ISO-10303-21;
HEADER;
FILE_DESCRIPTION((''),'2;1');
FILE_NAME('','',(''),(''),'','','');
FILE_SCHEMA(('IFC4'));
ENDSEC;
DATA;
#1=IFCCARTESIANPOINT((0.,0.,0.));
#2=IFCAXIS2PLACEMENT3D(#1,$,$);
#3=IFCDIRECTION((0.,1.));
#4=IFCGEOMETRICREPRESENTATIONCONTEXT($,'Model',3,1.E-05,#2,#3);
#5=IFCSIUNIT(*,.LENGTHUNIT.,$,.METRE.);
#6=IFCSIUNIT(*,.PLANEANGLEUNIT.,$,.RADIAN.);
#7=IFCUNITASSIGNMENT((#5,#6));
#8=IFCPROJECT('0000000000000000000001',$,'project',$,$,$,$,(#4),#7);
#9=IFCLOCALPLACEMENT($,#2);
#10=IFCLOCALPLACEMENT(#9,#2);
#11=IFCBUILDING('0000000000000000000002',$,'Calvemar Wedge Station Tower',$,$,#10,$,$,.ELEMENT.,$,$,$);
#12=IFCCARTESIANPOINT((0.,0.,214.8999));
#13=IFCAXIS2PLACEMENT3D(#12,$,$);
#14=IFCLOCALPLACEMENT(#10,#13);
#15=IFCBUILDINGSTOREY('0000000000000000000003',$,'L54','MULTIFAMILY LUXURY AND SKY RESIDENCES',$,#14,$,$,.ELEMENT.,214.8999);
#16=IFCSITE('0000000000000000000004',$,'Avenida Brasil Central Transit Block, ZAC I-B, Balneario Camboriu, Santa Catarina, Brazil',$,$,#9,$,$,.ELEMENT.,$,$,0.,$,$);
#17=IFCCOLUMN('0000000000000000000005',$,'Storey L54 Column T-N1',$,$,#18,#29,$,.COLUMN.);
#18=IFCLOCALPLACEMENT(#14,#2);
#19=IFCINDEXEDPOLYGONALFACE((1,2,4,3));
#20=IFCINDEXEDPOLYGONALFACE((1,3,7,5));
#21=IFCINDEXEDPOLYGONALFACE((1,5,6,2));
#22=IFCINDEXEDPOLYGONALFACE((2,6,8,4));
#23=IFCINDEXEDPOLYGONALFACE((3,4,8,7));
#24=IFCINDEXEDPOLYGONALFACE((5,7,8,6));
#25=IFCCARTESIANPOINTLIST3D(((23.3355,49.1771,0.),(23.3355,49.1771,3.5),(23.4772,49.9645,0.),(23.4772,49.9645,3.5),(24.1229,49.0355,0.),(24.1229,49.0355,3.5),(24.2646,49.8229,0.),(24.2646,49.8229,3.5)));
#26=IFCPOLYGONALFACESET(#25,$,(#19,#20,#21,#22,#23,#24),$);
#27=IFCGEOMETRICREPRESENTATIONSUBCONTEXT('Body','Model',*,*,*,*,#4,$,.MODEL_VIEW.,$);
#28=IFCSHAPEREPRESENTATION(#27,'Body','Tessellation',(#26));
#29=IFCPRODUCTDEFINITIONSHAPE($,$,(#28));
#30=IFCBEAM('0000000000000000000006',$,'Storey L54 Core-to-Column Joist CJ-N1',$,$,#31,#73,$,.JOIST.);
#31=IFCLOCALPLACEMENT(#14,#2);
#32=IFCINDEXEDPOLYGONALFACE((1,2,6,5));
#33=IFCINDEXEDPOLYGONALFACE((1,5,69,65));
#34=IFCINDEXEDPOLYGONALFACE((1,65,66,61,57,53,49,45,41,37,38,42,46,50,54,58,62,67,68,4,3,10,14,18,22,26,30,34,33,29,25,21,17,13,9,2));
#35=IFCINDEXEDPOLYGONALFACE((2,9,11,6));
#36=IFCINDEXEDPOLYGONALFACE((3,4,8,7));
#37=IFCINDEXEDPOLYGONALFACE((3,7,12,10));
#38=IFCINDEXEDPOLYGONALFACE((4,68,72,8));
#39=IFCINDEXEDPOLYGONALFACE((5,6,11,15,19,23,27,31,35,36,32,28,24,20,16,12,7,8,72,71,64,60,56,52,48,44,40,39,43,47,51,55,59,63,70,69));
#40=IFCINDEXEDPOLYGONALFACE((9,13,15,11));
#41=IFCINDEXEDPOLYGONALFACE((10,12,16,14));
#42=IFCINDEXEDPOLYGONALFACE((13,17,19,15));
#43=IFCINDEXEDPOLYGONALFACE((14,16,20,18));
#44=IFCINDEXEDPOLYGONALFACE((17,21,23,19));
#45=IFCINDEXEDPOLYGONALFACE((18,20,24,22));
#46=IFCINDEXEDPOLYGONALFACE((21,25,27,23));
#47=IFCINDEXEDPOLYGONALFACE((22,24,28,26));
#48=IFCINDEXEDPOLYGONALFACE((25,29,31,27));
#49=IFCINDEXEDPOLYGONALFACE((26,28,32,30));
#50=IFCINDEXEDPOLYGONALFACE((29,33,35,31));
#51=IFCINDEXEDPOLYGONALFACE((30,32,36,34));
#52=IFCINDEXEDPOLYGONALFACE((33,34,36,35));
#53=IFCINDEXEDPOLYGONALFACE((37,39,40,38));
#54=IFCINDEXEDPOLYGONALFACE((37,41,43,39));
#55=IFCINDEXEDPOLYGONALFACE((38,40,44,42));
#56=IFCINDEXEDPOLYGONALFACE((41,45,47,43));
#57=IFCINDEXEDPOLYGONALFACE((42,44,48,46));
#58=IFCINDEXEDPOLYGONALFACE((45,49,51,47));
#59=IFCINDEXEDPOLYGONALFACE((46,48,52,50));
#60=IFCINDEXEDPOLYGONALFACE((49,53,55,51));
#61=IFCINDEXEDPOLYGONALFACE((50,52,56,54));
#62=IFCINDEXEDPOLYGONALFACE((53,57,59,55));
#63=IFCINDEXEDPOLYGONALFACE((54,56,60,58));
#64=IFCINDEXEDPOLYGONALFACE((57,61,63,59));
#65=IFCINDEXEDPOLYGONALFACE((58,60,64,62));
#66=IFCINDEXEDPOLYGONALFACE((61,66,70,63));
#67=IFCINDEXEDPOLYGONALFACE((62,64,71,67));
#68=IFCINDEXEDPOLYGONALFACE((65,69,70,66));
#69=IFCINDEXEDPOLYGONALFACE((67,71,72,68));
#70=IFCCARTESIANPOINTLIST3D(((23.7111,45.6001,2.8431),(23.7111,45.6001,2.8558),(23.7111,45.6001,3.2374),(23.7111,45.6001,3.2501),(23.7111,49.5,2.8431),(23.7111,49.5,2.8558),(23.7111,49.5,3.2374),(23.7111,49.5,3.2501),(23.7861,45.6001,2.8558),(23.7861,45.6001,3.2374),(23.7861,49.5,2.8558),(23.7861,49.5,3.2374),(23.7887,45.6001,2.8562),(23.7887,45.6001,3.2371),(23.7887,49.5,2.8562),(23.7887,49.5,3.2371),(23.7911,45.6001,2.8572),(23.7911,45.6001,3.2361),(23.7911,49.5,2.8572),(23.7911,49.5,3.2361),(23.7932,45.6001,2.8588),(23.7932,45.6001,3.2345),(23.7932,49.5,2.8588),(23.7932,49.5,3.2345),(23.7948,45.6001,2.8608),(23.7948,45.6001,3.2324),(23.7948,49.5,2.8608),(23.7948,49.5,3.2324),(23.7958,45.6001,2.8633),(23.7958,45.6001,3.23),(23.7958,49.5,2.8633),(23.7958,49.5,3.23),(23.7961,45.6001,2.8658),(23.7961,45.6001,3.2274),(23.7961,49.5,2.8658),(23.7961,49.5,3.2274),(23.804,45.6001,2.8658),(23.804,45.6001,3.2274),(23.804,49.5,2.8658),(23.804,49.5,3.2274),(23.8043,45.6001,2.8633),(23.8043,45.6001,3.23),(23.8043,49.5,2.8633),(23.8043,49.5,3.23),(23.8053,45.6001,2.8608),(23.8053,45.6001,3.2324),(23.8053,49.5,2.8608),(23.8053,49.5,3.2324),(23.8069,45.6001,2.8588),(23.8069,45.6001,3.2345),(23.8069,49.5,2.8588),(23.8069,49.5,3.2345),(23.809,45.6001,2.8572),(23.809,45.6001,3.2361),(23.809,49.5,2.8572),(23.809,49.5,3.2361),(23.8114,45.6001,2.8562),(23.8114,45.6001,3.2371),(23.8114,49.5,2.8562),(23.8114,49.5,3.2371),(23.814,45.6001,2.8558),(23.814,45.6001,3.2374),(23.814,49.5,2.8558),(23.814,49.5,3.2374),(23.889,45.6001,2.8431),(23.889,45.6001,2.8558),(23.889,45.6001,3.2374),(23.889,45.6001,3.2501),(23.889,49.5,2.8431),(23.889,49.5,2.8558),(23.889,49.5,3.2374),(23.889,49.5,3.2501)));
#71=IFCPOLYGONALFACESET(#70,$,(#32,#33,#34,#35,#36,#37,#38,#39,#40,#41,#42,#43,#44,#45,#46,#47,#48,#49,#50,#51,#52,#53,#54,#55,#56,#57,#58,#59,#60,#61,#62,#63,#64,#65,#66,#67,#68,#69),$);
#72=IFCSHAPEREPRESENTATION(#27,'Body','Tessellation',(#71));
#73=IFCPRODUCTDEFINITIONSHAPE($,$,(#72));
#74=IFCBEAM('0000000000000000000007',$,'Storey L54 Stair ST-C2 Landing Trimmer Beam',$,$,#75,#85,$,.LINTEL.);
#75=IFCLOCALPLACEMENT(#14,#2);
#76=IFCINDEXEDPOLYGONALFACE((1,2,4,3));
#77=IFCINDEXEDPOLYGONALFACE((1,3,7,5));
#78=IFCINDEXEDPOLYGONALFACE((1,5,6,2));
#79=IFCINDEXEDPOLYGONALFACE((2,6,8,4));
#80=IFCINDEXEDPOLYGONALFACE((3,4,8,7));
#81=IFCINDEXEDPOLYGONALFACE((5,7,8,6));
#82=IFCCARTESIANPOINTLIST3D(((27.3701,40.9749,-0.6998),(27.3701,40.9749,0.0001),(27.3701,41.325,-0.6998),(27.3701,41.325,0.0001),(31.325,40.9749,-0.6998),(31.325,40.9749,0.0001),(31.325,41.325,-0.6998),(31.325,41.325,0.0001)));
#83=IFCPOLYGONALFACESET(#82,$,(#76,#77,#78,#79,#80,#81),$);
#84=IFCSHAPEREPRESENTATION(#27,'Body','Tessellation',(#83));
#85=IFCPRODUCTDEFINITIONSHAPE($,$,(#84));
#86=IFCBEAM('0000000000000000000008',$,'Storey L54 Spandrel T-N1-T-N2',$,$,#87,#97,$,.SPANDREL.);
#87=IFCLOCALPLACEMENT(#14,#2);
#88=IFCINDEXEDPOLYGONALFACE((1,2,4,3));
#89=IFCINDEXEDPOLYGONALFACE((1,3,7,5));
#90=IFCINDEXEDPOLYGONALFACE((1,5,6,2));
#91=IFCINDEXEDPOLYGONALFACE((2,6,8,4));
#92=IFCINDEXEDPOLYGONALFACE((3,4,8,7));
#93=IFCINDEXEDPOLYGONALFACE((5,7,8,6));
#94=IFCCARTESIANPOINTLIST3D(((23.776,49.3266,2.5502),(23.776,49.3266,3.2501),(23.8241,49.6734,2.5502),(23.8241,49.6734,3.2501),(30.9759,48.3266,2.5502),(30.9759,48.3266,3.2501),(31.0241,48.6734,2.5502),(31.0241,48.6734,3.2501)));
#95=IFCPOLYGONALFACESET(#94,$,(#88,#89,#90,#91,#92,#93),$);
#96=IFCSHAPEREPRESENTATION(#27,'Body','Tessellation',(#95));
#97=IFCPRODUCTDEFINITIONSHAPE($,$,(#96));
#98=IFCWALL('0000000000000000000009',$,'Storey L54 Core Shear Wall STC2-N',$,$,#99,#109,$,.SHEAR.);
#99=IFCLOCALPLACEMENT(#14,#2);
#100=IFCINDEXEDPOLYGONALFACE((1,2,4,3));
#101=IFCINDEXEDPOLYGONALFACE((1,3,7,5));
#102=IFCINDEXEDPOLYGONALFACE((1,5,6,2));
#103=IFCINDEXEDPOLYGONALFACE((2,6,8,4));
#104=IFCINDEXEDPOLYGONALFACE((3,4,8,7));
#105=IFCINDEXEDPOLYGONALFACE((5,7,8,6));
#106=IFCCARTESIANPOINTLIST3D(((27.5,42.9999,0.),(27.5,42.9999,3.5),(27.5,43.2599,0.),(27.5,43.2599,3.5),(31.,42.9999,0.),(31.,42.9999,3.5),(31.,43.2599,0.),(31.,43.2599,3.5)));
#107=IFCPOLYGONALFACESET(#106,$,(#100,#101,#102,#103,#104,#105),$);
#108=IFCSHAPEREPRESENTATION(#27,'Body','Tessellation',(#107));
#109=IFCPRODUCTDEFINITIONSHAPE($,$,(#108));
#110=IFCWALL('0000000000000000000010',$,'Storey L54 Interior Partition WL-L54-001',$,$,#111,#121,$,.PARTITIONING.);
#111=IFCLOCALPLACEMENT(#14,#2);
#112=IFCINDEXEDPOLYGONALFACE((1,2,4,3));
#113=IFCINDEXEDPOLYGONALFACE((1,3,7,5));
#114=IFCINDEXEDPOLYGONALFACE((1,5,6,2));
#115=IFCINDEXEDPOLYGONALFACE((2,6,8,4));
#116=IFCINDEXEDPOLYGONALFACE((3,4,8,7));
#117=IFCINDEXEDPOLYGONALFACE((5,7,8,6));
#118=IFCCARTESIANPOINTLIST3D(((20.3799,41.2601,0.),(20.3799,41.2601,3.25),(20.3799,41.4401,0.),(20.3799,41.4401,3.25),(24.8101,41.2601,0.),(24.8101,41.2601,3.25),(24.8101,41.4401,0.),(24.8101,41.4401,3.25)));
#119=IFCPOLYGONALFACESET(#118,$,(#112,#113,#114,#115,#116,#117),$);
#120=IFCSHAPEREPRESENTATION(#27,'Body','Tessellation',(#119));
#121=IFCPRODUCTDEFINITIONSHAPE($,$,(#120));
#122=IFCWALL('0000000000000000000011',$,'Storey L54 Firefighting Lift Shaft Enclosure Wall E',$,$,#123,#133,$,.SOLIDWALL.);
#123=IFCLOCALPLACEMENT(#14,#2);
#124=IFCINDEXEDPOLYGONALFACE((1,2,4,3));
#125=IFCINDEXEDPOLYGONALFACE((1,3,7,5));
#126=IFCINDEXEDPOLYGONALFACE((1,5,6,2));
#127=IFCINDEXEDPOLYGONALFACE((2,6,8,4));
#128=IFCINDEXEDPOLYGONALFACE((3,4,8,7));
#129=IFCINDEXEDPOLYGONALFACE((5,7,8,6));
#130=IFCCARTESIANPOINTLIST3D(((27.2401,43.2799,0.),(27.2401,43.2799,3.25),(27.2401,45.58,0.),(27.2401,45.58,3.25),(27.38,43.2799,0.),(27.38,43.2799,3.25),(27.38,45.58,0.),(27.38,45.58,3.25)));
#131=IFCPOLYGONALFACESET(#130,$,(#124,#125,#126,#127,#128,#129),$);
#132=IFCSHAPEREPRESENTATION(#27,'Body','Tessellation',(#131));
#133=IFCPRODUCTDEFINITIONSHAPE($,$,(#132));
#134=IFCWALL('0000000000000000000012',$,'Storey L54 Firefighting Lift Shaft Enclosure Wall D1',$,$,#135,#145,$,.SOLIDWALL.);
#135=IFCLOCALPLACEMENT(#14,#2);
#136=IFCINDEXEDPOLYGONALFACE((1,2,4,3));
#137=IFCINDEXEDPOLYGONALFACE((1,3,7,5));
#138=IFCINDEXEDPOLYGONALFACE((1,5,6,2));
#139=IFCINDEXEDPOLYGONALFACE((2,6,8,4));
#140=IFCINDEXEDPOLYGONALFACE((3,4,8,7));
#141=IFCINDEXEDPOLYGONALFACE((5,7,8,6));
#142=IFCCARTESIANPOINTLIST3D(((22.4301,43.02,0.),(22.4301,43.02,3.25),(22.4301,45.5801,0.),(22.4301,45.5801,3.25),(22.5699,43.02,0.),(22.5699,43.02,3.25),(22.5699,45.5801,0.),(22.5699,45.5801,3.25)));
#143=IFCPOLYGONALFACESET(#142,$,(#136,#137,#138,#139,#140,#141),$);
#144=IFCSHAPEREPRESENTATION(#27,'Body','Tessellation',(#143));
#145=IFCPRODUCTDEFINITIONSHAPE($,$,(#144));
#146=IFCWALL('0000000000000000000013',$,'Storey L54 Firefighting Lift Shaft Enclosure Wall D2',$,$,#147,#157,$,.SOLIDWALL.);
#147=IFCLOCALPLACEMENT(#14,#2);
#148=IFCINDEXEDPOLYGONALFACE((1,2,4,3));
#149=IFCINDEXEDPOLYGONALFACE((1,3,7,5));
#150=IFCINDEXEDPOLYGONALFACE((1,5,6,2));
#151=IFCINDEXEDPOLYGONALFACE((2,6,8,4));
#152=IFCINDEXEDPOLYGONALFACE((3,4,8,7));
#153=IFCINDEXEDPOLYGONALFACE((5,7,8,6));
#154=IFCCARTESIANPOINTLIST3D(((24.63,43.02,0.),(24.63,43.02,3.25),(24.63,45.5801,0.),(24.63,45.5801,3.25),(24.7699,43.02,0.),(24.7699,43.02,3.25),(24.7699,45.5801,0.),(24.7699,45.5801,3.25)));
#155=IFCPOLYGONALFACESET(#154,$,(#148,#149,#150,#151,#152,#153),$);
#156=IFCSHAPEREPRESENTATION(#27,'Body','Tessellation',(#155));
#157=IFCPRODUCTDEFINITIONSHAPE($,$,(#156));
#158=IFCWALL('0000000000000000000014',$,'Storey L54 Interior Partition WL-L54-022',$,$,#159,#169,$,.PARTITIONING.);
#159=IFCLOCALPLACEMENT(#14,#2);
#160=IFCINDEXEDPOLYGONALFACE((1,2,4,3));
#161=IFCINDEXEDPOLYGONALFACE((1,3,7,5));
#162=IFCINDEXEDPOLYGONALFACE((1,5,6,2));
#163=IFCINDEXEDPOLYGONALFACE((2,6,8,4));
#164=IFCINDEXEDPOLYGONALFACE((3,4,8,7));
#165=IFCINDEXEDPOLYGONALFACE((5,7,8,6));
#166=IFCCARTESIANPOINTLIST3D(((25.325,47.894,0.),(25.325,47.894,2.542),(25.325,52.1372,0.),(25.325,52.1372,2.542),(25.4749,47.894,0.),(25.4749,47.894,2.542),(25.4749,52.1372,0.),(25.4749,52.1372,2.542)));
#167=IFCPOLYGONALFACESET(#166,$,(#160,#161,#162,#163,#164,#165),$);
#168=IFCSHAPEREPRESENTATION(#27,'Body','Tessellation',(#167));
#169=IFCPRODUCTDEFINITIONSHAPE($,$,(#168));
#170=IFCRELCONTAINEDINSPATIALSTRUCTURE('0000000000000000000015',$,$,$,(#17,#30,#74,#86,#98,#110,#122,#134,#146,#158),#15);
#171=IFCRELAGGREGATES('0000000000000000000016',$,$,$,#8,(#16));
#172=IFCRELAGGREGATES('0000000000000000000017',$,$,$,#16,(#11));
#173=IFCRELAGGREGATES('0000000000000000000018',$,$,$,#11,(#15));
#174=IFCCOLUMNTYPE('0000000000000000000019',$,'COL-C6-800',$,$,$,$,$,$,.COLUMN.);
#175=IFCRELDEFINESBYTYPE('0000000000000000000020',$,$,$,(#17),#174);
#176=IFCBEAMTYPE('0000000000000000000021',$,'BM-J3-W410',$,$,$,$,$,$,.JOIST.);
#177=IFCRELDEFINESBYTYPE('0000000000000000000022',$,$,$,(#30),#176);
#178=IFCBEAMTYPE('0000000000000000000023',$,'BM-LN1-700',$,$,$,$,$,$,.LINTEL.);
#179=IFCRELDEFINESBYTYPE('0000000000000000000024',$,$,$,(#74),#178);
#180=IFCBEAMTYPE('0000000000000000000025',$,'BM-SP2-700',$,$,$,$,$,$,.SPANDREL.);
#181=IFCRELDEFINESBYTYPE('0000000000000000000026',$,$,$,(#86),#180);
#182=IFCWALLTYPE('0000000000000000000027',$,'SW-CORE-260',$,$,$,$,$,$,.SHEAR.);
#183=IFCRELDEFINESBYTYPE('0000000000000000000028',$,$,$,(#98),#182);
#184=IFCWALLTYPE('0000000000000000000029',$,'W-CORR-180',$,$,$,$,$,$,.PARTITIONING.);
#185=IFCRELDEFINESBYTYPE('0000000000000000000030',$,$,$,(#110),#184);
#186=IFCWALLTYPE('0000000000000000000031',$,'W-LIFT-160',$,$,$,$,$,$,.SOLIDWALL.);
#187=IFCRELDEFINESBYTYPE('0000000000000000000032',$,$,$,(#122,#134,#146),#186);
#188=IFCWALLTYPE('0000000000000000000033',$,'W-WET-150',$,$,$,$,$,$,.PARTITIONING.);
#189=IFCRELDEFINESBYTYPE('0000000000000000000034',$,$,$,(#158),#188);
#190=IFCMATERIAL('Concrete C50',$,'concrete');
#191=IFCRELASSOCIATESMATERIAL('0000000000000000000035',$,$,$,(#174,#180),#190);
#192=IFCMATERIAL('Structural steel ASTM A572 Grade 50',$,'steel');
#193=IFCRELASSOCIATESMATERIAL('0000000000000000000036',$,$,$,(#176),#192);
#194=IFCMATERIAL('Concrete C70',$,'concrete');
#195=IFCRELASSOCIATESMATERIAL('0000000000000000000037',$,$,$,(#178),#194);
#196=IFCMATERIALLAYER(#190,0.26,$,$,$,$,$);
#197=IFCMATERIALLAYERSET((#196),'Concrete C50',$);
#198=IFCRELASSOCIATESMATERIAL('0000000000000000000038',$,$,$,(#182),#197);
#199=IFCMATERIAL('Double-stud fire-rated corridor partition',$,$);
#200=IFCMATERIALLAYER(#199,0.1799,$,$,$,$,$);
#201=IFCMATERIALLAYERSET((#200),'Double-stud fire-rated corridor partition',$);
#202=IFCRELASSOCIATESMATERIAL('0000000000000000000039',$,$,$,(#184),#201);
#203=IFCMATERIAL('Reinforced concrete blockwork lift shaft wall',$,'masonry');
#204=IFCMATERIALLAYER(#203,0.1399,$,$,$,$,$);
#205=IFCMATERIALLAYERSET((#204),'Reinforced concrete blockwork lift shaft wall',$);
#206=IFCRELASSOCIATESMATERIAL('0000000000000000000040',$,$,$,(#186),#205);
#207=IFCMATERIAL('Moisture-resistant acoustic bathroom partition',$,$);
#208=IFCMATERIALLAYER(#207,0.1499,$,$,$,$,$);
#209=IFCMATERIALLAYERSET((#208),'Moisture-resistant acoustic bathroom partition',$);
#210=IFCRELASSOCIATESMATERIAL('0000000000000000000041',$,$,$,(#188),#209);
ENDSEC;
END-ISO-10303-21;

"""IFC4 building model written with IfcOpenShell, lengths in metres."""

from ifc_helpers import new_model, si_unit, direction, frame, frame_2d, origin, origin_2d, place, context, subcontext, project, spatial, rectangle, i_section, extrude, source, transform, mapped, material, layer, layer_set, material_profile, profile_set, type_object, element, save


model = new_model("IFC4")

# Units and contexts
model_context = context("Model", 3, precision=1e-05, world=origin(), true_north=direction((0.0, 1.0)))
body_context = subcontext(model_context, "Body", "Model", "MODEL_VIEW")
ifc_project = project(units=[si_unit("LENGTHUNIT", "METRE"), si_unit("PLANEANGLEUNIT", "RADIAN")], contexts=[model_context])

# Site, building, storey
site_placement = place(None, origin())
site = spatial("IfcSite", under=ifc_project, at=site_placement, Name="Avenida Brasil Central Transit Block, ZAC I-B, Balneario Camboriu, Santa Catarina, Brazil", CompositionType="ELEMENT", RefElevation=0.0)
building_placement = place(site_placement, origin())
building = spatial("IfcBuilding", under=site, at=building_placement, Name="Calvemar Wedge Station Tower", CompositionType="ELEMENT")
storey_placement = place(building_placement, frame((0.0, 0.0, 214.8999)))
storey = spatial("IfcBuildingStorey", under=building, at=storey_placement, Name="L54", Description="MULTIFAMILY LUXURY AND SKY RESIDENCES", CompositionType="ELEMENT", Elevation=214.8999)

# Column
ifc_material_1 = material(Name="Concrete C50", Category="concrete")
ifc_material_profile_1 = material_profile(ifc_material_1, rectangle(XDim=0.8, YDim=0.8, at=origin_2d()), Name="RC800x800")
ifc_profile_set_1 = profile_set([ifc_material_profile_1], Name="Concrete C50")
column_type = type_object("IfcColumnType", Name="COL-C6-800", PredefinedType="COLUMN", material=ifc_profile_set_1)
shared_shape_1 = source(origin(), body_context, "Body", "SweptSolid", [
    extrude(rectangle(XDim=0.8, YDim=0.8, at=origin_2d()), origin(), (0.0, 0.0, 1.0), 3.5),
])
column_placement = place(storey_placement, frame((23.8, 49.5, 0.0), z_axis=(0.0, 0.0, 1.0), x_axis=(0.984196, -0.177085, 0.0)))
element("IfcColumn", 1, at=column_placement, inside=storey, type_object=column_type, Name="Storey L54 Column T-N1", PredefinedType="COLUMN", context=body_context, shape_type="MappedRepresentation", body=[
    mapped(shared_shape_1, transform((0.0, 0.0, 0.0), scale=1.0)),
])

# Beams
ifc_material_2 = material(Name="Structural steel ASTM A572 Grade 50", Category="steel")
ifc_material_profile_2 = material_profile(ifc_material_2, i_section(OverallWidth=0.178, OverallDepth=0.407, WebThickness=0.0078, FlangeThickness=0.0127, FilletRadius=0.01, at=origin_2d()), Name="W410x60")
ifc_profile_set_2 = profile_set([ifc_material_profile_2], Name="Structural steel ASTM A572 Grade 50")
beam_type_1 = type_object("IfcBeamType", Name="BM-J3-W410", PredefinedType="JOIST", material=ifc_profile_set_2)
shared_shape_2 = source(origin(), body_context, "Body", "SweptSolid", [
    extrude(i_section(OverallWidth=0.178, OverallDepth=0.407, WebThickness=0.0078, FlangeThickness=0.0127, FilletRadius=0.01, at=origin_2d()), origin(), (0.0, 0.0, 1.0), 3.8999),
])
beam_1_placement = place(storey_placement, frame((23.8, 45.6001, 3.0466), z_axis=(0.0, 1.0, 0.0), x_axis=(-1.0, 0.0, 0.0)))
element("IfcBeam", 2, at=beam_1_placement, inside=storey, type_object=beam_type_1, Name="Storey L54 Core-to-Column Joist CJ-N1", PredefinedType="JOIST", context=body_context, shape_type="MappedRepresentation", body=[
    mapped(shared_shape_2, transform((0.0, 0.0, 0.0), scale=1.0)),
])
ifc_material_3 = material(Name="Concrete C70", Category="concrete")
ifc_material_profile_3 = material_profile(ifc_material_3, rectangle(XDim=0.3501, YDim=0.7, at=origin_2d()), Name="RC350x700")
ifc_profile_set_3 = profile_set([ifc_material_profile_3], Name="Concrete C70")
beam_type_2 = type_object("IfcBeamType", Name="BM-LN1-700", PredefinedType="LINTEL", material=ifc_profile_set_3)
shared_shape_3 = source(origin(), body_context, "Body", "SweptSolid", [
    extrude(rectangle(XDim=0.3501, YDim=0.7, at=origin_2d()), origin(), (0.0, 0.0, 1.0), 3.9548),
])
beam_2_placement = place(storey_placement, frame((27.3701, 41.1499, -0.3499), z_axis=(1.0, 0.0, 0.0), x_axis=(0.0, 1.0, 0.0)))
element("IfcBeam", 3, at=beam_2_placement, inside=storey, type_object=beam_type_2, Name="Storey L54 Stair ST-C2 Landing Trimmer Beam", PredefinedType="LINTEL", context=body_context, shape_type="MappedRepresentation", body=[
    mapped(shared_shape_3, transform((0.0, 0.0, 0.0), scale=1.0)),
])
ifc_material_profile_4 = material_profile(ifc_material_1, rectangle(XDim=0.3501, YDim=0.7, at=origin_2d()), Name="RC350x700")
ifc_profile_set_4 = profile_set([ifc_material_profile_4], Name="Concrete C50")
beam_type_3 = type_object("IfcBeamType", Name="BM-SP2-700", PredefinedType="SPANDREL", material=ifc_profile_set_4)
shared_shape_4 = source(origin(), body_context, "Body", "SweptSolid", [
    extrude(rectangle(XDim=0.3501, YDim=0.7, at=origin_2d()), origin(), (0.0, 0.0, 1.0), 7.269),
])
beam_3_placement = place(storey_placement, frame((23.8, 49.5, 2.9001), z_axis=(0.990492, -0.137569, 0.0), x_axis=(0.137569, 0.990492, 0.0)))
element("IfcBeam", 4, at=beam_3_placement, inside=storey, type_object=beam_type_3, Name="Storey L54 Spandrel T-N1-T-N2", PredefinedType="SPANDREL", context=body_context, shape_type="MappedRepresentation", body=[
    mapped(shared_shape_4, transform((0.0, 0.0, 0.0), scale=1.0)),
])

# Walls
ifc_layer_1 = layer(ifc_material_1, 0.26)
ifc_layer_set_1 = layer_set([ifc_layer_1], Name="Concrete C50")
wall_type_1 = type_object("IfcWallType", Name="SW-CORE-260", PredefinedType="SHEAR", material=ifc_layer_set_1)
wall_1_placement = place(storey_placement, frame((27.5, 43.1299, 0.0), z_axis=(0.0, 0.0, 1.0), x_axis=(1.0, 0.0, 0.0)))
element("IfcWall", 5, at=wall_1_placement, inside=storey, type_object=wall_type_1, Name="Storey L54 Core Shear Wall STC2-N", PredefinedType="SHEAR", context=body_context, shape_type="SweptSolid", body=[
    extrude(rectangle(XDim=3.5, YDim=0.26, at=frame_2d((1.75, 0.0))), origin(), (0.0, 0.0, 1.0), 3.5),
])
ifc_material_4 = material(Name="Double-stud fire-rated corridor partition")
ifc_layer_2 = layer(ifc_material_4, 0.1799)
ifc_layer_set_2 = layer_set([ifc_layer_2], Name="Double-stud fire-rated corridor partition")
wall_type_2 = type_object("IfcWallType", Name="W-CORR-180", PredefinedType="PARTITIONING", material=ifc_layer_set_2)
wall_2_placement = place(storey_placement, frame((24.8101, 41.3501, 0.0), z_axis=(0.0, 0.0, 1.0), x_axis=(-1.0, 0.0, 0.0)))
element("IfcWall", 6, at=wall_2_placement, inside=storey, type_object=wall_type_2, Name="Storey L54 Interior Partition WL-L54-001", PredefinedType="PARTITIONING", context=body_context, shape_type="SweptSolid", body=[
    extrude(rectangle(XDim=4.4302, YDim=0.1799, at=frame_2d((2.2151, 0.0))), origin(), (0.0, 0.0, 1.0), 3.25),
])

# Walls
ifc_material_5 = material(Name="Reinforced concrete blockwork lift shaft wall", Category="masonry")
ifc_layer_3 = layer(ifc_material_5, 0.1399)
ifc_layer_set_3 = layer_set([ifc_layer_3], Name="Reinforced concrete blockwork lift shaft wall")
wall_type_3 = type_object("IfcWallType", Name="W-LIFT-160", PredefinedType="SOLIDWALL", material=ifc_layer_set_3)
wall_3_placement = place(storey_placement, frame((27.3101, 43.28, 0.0), z_axis=(0.0, 0.0, 1.0), x_axis=(0.0, 1.0, 0.0)))
element("IfcWall", 7, at=wall_3_placement, inside=storey, type_object=wall_type_3, Name="Storey L54 Firefighting Lift Shaft Enclosure Wall E", PredefinedType="SOLIDWALL", context=body_context, shape_type="SweptSolid", body=[
    extrude(rectangle(XDim=2.3, YDim=0.1399, at=frame_2d((1.1499, 0.0))), origin(), (0.0, 0.0, 1.0), 3.25),
])
for number, where, z_axis, x_axis, name in (
    (8, (22.5, 43.02, 0.0), (0.0, 0.0, 1.0), (0.0, 1.0, 0.0), "Storey L54 Firefighting Lift Shaft Enclosure Wall D1"),
    (9, (24.7, 43.02, 0.0), (0.0, 0.0, 1.0), (0.0, 1.0, 0.0), "Storey L54 Firefighting Lift Shaft Enclosure Wall D2"),
):
    element("IfcWall", number, at=place(storey_placement, frame(where, z_axis=z_axis, x_axis=x_axis)), inside=storey, type_object=wall_type_3, Name=name, PredefinedType="SOLIDWALL", context=body_context, shape_type="SweptSolid", body=[
        extrude(rectangle(XDim=2.5601, YDim=0.1399, at=frame_2d((1.28, 0.0))), origin(), (0.0, 0.0, 1.0), 3.25),
    ])
ifc_material_6 = material(Name="Moisture-resistant acoustic bathroom partition")
ifc_layer_4 = layer(ifc_material_6, 0.1499)
ifc_layer_set_4 = layer_set([ifc_layer_4], Name="Moisture-resistant acoustic bathroom partition")
wall_type_4 = type_object("IfcWallType", Name="W-WET-150", PredefinedType="PARTITIONING", material=ifc_layer_set_4)
wall_4_placement = place(storey_placement, frame((25.3999, 52.1372, 0.0), z_axis=(0.0, 0.0, 1.0), x_axis=(0.0, -1.0, 0.0)))
element("IfcWall", 10, at=wall_4_placement, inside=storey, type_object=wall_type_4, Name="Storey L54 Interior Partition WL-L54-022", PredefinedType="PARTITIONING", context=body_context, shape_type="SweptSolid", body=[
    extrude(rectangle(XDim=4.2432, YDim=0.1499, at=frame_2d((2.1216, 0.0))), origin(), (0.0, 0.0, 1.0), 2.542),
])

save(model, "model.ifc")
